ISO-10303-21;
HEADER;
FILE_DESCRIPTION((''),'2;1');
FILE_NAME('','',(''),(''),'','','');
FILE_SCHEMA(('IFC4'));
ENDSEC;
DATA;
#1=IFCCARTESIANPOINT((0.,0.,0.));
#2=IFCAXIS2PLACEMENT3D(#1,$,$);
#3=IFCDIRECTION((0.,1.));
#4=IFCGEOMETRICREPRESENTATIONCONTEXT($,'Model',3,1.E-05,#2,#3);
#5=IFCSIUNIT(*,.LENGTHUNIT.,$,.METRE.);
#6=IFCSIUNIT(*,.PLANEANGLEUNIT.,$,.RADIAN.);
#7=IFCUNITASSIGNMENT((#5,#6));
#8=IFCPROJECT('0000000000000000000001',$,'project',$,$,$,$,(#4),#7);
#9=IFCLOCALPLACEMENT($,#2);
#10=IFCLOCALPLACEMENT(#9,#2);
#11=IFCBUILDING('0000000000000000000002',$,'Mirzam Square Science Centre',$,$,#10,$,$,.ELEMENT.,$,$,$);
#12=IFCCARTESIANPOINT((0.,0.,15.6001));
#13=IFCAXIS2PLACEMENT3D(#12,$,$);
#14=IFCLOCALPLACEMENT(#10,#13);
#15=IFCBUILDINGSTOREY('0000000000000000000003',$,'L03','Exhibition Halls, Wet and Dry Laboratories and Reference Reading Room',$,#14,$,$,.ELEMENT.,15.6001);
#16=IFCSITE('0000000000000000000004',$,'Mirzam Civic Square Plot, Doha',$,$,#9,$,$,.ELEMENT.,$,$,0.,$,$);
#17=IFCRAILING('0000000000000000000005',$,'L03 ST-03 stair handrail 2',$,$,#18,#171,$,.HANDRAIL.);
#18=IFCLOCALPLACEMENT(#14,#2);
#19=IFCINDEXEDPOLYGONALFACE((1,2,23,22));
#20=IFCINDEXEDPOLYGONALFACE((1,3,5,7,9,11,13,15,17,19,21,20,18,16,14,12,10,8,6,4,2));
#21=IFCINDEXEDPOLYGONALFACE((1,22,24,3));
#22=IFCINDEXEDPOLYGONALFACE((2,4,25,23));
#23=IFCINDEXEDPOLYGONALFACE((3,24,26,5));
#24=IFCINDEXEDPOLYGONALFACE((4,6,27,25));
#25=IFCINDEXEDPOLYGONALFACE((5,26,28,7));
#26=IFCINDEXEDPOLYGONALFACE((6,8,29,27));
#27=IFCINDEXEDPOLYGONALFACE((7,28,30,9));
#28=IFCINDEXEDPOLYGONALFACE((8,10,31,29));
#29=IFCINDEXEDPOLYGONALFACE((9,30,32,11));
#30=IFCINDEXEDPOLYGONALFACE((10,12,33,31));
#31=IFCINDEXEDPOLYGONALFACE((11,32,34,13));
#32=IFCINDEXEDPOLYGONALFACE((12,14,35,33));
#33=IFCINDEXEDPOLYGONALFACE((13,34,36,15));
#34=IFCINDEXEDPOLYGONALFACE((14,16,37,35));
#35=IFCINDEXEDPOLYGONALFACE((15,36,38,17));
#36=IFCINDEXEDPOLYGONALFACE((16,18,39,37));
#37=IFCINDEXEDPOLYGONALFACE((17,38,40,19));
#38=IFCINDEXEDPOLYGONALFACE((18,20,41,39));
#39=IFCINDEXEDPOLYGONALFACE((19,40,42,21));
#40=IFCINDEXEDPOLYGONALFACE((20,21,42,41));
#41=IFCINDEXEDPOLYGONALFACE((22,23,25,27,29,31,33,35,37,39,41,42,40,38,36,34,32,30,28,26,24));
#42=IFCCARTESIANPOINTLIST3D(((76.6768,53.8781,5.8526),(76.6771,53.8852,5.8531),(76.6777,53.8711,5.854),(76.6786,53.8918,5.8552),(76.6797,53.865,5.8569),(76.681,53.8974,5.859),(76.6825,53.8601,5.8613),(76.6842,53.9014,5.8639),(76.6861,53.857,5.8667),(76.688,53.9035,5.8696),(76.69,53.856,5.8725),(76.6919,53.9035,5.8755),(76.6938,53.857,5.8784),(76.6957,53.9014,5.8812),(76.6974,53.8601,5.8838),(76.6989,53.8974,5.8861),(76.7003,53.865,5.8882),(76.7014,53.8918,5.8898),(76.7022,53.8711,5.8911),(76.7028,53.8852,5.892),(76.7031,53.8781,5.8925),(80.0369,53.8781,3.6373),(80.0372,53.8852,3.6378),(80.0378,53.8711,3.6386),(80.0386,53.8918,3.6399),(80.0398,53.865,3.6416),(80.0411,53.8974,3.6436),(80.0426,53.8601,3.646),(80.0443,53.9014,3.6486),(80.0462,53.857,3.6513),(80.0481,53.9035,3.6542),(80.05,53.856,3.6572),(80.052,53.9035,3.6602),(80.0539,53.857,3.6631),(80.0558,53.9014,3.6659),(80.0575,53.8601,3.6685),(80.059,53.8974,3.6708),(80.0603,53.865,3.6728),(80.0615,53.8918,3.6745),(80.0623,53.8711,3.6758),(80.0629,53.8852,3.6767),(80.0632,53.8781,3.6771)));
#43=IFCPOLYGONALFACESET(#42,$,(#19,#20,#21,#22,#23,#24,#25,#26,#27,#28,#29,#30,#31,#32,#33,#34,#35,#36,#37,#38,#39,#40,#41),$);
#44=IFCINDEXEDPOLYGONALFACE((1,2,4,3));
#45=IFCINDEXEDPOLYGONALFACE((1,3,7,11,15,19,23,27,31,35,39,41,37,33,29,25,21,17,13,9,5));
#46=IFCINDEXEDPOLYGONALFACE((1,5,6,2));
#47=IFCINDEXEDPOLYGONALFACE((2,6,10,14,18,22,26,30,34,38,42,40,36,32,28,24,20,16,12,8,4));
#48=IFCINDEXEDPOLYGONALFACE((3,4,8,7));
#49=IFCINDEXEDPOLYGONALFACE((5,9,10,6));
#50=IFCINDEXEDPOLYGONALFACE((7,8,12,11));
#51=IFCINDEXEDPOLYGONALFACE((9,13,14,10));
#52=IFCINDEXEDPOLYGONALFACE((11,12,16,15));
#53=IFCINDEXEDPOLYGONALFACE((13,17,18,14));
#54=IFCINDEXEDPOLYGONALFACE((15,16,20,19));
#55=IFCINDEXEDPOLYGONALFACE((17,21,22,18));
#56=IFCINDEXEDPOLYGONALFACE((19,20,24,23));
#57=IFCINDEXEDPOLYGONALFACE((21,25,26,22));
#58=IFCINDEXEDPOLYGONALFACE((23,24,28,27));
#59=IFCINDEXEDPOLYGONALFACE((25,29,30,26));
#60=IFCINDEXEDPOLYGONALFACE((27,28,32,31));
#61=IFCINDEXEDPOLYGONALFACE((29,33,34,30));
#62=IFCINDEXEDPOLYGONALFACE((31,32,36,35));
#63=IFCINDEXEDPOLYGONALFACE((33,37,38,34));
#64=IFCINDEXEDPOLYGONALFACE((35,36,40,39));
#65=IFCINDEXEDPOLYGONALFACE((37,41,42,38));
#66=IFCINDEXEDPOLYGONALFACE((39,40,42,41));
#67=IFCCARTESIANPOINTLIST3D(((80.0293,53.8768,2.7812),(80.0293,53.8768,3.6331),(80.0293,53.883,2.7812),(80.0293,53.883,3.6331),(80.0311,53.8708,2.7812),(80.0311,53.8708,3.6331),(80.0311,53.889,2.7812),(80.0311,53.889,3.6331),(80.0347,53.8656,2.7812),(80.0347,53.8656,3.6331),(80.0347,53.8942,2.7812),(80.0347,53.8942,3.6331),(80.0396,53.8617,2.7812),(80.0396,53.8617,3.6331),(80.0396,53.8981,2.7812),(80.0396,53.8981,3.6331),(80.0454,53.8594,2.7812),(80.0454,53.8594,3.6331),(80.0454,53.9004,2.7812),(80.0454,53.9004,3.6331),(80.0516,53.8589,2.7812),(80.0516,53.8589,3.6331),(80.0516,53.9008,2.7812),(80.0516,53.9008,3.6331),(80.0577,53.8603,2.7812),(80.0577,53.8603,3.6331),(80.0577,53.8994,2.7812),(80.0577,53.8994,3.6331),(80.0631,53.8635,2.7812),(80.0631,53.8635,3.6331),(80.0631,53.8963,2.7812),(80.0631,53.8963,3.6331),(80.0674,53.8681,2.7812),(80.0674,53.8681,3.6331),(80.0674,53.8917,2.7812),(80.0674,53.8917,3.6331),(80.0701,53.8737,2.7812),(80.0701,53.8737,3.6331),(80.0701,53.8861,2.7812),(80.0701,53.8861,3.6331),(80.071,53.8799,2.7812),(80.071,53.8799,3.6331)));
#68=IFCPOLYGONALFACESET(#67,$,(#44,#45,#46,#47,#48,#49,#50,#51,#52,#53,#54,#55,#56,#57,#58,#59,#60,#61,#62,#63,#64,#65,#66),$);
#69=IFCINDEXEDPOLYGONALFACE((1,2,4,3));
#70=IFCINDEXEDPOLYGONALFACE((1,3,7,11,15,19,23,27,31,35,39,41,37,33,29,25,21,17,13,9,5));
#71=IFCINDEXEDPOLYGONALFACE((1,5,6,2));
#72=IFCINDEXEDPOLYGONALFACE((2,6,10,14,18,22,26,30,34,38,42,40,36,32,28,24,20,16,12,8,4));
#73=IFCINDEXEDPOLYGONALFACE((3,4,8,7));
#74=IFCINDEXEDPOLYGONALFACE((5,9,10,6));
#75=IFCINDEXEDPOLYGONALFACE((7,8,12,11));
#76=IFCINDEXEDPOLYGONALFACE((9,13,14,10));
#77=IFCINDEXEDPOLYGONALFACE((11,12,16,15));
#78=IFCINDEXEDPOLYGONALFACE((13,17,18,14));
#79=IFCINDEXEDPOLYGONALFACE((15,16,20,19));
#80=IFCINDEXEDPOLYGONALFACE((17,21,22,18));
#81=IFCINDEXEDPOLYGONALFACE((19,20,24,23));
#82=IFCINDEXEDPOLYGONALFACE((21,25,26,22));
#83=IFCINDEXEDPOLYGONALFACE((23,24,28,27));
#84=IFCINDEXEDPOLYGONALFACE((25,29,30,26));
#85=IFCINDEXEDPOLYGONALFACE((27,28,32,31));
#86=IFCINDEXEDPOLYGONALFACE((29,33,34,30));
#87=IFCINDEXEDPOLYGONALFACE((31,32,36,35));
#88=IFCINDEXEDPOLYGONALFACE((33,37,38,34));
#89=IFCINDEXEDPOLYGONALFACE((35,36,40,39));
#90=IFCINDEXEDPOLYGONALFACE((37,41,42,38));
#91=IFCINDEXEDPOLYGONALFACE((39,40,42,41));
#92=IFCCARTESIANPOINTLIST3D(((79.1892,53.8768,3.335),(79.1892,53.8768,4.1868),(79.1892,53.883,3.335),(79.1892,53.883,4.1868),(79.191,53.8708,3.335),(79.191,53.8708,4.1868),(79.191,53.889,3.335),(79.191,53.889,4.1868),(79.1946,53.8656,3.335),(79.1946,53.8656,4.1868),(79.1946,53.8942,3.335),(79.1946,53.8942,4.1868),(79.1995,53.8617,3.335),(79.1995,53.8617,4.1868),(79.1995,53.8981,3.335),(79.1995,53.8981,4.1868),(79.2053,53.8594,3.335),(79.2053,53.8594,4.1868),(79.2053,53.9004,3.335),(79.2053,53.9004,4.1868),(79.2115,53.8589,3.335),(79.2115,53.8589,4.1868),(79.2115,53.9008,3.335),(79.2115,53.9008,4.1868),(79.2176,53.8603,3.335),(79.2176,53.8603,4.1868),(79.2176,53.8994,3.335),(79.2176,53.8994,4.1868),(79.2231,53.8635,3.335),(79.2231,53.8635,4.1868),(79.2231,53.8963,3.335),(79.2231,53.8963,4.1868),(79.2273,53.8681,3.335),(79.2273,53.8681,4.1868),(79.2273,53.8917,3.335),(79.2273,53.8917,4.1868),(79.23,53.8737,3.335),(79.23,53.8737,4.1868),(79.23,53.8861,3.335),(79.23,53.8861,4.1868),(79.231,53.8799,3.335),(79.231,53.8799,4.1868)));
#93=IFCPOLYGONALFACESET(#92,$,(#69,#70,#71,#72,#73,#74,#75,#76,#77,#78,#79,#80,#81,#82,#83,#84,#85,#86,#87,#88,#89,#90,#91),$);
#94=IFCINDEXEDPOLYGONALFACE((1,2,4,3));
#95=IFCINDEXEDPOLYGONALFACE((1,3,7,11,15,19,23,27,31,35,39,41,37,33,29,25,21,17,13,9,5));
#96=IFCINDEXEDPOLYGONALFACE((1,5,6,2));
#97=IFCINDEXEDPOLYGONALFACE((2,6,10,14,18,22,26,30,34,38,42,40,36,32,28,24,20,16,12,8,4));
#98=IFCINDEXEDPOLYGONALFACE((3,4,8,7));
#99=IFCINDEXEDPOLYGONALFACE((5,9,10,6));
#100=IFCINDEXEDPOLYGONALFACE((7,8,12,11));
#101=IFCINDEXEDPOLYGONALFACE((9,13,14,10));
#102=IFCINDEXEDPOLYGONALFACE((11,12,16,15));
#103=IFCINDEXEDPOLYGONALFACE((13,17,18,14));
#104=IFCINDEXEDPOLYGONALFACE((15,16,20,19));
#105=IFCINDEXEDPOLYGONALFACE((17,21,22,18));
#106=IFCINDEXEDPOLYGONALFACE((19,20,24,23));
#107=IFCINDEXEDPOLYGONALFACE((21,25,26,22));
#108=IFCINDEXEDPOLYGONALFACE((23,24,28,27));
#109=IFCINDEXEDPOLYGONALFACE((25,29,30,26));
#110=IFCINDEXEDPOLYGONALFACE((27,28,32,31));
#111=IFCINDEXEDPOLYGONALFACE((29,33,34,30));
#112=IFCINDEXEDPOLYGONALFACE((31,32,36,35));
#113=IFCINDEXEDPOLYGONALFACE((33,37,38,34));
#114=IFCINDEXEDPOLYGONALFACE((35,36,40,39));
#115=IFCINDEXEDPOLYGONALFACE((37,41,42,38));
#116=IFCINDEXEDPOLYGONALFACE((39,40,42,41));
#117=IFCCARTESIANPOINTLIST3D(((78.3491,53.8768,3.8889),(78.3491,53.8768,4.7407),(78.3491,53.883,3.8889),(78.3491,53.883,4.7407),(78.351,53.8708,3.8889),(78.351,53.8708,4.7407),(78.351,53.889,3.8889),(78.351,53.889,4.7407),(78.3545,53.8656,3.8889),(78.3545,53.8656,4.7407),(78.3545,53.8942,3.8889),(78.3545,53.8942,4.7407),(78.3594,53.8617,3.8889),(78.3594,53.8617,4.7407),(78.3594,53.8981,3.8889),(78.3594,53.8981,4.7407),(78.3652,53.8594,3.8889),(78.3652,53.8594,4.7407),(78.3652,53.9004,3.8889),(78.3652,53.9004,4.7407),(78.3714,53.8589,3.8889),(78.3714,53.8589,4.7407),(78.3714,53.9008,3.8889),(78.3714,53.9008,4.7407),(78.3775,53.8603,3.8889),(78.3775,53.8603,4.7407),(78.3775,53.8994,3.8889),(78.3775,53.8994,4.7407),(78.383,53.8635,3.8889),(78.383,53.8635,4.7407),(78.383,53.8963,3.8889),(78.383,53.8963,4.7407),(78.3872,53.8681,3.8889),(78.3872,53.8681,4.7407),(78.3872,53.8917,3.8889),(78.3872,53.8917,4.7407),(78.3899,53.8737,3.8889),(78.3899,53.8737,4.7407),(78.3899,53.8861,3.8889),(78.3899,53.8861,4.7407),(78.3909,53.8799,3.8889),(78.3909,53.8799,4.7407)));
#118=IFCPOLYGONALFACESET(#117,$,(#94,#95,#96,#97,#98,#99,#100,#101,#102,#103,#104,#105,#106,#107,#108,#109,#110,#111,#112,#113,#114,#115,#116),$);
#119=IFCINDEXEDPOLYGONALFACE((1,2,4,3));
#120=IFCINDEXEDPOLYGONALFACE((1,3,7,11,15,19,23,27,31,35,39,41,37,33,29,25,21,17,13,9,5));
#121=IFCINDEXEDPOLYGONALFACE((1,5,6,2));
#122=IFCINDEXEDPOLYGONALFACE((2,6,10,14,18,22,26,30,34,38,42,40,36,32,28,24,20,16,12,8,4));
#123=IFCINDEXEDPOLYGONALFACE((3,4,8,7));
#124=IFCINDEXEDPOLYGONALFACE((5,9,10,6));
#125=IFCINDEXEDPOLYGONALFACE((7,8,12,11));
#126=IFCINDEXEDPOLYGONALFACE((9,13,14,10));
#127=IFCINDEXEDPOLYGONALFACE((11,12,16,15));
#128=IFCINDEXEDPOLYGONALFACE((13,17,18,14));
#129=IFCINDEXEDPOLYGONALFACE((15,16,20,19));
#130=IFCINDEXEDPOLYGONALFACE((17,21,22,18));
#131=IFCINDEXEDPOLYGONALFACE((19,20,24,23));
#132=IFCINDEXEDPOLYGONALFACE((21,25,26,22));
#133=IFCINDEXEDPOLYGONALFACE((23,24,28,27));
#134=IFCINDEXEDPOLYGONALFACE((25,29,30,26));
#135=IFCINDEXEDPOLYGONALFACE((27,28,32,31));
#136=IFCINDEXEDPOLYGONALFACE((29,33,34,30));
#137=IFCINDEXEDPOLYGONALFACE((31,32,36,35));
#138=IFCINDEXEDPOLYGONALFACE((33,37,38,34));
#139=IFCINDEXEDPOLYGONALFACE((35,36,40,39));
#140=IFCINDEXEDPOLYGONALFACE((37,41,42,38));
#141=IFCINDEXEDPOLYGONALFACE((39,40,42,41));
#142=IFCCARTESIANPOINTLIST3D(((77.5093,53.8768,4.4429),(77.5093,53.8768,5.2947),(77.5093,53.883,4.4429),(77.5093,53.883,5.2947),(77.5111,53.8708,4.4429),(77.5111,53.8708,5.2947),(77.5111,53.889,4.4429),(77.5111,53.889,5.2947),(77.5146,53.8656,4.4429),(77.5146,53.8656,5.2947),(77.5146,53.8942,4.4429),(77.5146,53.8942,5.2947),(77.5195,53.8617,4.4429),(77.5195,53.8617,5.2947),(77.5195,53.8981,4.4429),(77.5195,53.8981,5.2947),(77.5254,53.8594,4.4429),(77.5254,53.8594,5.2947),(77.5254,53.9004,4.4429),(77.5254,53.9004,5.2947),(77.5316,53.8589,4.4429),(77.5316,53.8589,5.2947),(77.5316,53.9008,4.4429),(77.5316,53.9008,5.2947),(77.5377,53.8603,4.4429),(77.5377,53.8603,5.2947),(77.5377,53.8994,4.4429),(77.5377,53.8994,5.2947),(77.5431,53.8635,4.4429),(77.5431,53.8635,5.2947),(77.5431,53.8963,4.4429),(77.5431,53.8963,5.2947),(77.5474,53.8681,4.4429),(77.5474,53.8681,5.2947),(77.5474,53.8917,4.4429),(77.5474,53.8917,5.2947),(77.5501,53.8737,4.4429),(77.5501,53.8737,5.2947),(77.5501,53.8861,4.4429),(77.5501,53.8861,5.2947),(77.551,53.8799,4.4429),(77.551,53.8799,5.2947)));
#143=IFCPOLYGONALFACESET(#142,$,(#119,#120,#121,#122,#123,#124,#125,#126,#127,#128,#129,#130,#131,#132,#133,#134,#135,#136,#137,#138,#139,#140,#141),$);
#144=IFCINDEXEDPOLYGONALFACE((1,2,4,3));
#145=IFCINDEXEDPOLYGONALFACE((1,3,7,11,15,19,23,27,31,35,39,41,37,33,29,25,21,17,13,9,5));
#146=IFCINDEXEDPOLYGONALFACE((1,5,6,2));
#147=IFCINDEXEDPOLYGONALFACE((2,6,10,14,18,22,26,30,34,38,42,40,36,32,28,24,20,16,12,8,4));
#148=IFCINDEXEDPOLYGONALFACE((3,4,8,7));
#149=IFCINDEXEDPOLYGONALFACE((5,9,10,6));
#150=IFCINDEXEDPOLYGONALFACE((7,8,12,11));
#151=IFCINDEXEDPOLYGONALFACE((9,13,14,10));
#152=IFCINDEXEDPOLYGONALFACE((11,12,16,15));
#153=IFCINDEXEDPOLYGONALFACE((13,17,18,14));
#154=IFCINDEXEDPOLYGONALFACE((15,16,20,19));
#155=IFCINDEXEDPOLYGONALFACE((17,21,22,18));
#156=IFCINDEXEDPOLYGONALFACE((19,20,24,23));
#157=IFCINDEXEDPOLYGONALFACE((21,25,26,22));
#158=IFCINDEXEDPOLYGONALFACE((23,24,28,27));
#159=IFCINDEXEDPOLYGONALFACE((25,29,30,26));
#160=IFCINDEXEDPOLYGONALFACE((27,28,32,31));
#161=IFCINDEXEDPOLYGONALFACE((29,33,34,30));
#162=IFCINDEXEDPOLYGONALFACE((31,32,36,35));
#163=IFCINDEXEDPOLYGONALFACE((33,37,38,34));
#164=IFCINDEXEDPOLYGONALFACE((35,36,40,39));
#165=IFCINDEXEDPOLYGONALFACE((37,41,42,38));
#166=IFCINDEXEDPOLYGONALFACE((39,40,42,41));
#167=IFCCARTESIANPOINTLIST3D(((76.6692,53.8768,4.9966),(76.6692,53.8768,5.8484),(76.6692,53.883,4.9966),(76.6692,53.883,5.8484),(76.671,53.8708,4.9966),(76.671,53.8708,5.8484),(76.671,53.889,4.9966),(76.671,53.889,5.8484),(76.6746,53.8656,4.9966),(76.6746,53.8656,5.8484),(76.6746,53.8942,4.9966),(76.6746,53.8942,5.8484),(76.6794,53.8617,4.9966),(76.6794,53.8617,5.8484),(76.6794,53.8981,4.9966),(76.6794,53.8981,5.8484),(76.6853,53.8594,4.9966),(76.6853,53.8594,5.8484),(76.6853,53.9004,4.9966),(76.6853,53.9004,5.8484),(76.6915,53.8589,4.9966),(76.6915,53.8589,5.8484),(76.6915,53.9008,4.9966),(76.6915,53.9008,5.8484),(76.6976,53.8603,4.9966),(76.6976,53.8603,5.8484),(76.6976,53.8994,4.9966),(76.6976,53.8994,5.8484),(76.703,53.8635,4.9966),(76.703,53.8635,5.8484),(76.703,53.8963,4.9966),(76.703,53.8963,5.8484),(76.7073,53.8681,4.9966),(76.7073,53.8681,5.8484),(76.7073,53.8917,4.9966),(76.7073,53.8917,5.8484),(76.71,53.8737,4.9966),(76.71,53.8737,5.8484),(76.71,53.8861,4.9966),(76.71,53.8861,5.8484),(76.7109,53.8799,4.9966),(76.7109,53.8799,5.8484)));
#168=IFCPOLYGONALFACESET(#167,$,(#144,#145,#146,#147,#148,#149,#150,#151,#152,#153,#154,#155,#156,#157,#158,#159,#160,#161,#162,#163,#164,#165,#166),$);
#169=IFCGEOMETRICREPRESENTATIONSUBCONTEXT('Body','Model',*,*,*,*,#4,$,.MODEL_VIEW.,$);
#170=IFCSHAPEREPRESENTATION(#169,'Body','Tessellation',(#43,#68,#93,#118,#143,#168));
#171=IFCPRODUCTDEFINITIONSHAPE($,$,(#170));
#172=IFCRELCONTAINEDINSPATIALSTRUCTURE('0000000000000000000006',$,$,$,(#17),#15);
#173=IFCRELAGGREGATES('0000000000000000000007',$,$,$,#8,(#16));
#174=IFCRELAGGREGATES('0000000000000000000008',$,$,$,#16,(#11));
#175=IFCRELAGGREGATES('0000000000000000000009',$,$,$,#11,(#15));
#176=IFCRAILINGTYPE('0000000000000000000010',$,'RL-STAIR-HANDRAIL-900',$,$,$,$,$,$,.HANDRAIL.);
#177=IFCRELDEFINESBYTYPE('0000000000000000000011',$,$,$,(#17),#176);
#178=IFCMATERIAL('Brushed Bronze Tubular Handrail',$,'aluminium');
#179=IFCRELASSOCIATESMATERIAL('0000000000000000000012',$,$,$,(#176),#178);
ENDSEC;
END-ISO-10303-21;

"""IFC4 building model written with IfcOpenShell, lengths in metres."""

from ifc_helpers import new_model, si_unit, direction, frame, origin, origin_2d, place, context, subcontext, project, spatial, circle, extrude, material, type_object, element, save


model = new_model("IFC4")

# Units and contexts
model_context = context("Model", 3, precision=1e-05, world=origin(), true_north=direction((0.0, 1.0)))
body_context = subcontext(model_context, "Body", "Model", "MODEL_VIEW")
ifc_project = project(units=[si_unit("LENGTHUNIT", "METRE"), si_unit("PLANEANGLEUNIT", "RADIAN")], contexts=[model_context])

# Site, building, storey
site_placement = place(None, origin())
site = spatial("IfcSite", under=ifc_project, at=site_placement, Name="Mirzam Civic Square Plot, Doha", CompositionType="ELEMENT", RefElevation=0.0)
building_placement = place(site_placement, origin())
building = spatial("IfcBuilding", under=site, at=building_placement, Name="Mirzam Square Science Centre", CompositionType="ELEMENT")
storey_placement = place(building_placement, frame((0.0, 0.0, 15.6001)))
storey = spatial("IfcBuildingStorey", under=building, at=storey_placement, Name="L03", Description="Exhibition Halls, Wet and Dry Laboratories and Reference Reading Room", CompositionType="ELEMENT", Elevation=15.6001)

# Railing
ifc_material_1 = material(Name="Brushed Bronze Tubular Handrail", Category="aluminium")
railing_type_1 = type_object("IfcRailingType", Name="RL-STAIR-HANDRAIL-900", PredefinedType="HANDRAIL", material=ifc_material_1)
railing_1_placement = place(storey_placement, frame((80.05, 53.8799, 2.7812)))
element("IfcRailing", 1, at=railing_1_placement, inside=storey, type_object=railing_type_1, Name="L03 ST-03 stair handrail 2", PredefinedType="HANDRAIL", context=body_context, shape_type="SweptSolid", body=[
    extrude(circle(Radius=0.0239, at=origin_2d()), frame((0.0, 0.0, 0.876), z_axis=(-0.834876, 0.0, 0.550437), x_axis=(0.0, -1.0, 0.0)), (0.0, 0.0, 1.0), 4.0247),
    extrude(circle(Radius=0.021, at=origin_2d()), origin(), (0.0, 0.0, 1.0), 0.8518),
    extrude(circle(Radius=0.021, at=origin_2d()), frame((-0.8401, 0.0, 0.5537)), (0.0, 0.0, 1.0), 0.8518),
    extrude(circle(Radius=0.021, at=origin_2d()), frame((-1.6802, 0.0, 1.1077)), (0.0, 0.0, 1.0), 0.8518),
    extrude(circle(Radius=0.021, at=origin_2d()), frame((-2.52, 0.0, 1.6616)), (0.0, 0.0, 1.0), 0.8518),
    extrude(circle(Radius=0.021, at=origin_2d()), frame((-3.3601, 0.0, 2.2153)), (0.0, 0.0, 1.0), 0.8518),
])

save(model, "model.ifc")
